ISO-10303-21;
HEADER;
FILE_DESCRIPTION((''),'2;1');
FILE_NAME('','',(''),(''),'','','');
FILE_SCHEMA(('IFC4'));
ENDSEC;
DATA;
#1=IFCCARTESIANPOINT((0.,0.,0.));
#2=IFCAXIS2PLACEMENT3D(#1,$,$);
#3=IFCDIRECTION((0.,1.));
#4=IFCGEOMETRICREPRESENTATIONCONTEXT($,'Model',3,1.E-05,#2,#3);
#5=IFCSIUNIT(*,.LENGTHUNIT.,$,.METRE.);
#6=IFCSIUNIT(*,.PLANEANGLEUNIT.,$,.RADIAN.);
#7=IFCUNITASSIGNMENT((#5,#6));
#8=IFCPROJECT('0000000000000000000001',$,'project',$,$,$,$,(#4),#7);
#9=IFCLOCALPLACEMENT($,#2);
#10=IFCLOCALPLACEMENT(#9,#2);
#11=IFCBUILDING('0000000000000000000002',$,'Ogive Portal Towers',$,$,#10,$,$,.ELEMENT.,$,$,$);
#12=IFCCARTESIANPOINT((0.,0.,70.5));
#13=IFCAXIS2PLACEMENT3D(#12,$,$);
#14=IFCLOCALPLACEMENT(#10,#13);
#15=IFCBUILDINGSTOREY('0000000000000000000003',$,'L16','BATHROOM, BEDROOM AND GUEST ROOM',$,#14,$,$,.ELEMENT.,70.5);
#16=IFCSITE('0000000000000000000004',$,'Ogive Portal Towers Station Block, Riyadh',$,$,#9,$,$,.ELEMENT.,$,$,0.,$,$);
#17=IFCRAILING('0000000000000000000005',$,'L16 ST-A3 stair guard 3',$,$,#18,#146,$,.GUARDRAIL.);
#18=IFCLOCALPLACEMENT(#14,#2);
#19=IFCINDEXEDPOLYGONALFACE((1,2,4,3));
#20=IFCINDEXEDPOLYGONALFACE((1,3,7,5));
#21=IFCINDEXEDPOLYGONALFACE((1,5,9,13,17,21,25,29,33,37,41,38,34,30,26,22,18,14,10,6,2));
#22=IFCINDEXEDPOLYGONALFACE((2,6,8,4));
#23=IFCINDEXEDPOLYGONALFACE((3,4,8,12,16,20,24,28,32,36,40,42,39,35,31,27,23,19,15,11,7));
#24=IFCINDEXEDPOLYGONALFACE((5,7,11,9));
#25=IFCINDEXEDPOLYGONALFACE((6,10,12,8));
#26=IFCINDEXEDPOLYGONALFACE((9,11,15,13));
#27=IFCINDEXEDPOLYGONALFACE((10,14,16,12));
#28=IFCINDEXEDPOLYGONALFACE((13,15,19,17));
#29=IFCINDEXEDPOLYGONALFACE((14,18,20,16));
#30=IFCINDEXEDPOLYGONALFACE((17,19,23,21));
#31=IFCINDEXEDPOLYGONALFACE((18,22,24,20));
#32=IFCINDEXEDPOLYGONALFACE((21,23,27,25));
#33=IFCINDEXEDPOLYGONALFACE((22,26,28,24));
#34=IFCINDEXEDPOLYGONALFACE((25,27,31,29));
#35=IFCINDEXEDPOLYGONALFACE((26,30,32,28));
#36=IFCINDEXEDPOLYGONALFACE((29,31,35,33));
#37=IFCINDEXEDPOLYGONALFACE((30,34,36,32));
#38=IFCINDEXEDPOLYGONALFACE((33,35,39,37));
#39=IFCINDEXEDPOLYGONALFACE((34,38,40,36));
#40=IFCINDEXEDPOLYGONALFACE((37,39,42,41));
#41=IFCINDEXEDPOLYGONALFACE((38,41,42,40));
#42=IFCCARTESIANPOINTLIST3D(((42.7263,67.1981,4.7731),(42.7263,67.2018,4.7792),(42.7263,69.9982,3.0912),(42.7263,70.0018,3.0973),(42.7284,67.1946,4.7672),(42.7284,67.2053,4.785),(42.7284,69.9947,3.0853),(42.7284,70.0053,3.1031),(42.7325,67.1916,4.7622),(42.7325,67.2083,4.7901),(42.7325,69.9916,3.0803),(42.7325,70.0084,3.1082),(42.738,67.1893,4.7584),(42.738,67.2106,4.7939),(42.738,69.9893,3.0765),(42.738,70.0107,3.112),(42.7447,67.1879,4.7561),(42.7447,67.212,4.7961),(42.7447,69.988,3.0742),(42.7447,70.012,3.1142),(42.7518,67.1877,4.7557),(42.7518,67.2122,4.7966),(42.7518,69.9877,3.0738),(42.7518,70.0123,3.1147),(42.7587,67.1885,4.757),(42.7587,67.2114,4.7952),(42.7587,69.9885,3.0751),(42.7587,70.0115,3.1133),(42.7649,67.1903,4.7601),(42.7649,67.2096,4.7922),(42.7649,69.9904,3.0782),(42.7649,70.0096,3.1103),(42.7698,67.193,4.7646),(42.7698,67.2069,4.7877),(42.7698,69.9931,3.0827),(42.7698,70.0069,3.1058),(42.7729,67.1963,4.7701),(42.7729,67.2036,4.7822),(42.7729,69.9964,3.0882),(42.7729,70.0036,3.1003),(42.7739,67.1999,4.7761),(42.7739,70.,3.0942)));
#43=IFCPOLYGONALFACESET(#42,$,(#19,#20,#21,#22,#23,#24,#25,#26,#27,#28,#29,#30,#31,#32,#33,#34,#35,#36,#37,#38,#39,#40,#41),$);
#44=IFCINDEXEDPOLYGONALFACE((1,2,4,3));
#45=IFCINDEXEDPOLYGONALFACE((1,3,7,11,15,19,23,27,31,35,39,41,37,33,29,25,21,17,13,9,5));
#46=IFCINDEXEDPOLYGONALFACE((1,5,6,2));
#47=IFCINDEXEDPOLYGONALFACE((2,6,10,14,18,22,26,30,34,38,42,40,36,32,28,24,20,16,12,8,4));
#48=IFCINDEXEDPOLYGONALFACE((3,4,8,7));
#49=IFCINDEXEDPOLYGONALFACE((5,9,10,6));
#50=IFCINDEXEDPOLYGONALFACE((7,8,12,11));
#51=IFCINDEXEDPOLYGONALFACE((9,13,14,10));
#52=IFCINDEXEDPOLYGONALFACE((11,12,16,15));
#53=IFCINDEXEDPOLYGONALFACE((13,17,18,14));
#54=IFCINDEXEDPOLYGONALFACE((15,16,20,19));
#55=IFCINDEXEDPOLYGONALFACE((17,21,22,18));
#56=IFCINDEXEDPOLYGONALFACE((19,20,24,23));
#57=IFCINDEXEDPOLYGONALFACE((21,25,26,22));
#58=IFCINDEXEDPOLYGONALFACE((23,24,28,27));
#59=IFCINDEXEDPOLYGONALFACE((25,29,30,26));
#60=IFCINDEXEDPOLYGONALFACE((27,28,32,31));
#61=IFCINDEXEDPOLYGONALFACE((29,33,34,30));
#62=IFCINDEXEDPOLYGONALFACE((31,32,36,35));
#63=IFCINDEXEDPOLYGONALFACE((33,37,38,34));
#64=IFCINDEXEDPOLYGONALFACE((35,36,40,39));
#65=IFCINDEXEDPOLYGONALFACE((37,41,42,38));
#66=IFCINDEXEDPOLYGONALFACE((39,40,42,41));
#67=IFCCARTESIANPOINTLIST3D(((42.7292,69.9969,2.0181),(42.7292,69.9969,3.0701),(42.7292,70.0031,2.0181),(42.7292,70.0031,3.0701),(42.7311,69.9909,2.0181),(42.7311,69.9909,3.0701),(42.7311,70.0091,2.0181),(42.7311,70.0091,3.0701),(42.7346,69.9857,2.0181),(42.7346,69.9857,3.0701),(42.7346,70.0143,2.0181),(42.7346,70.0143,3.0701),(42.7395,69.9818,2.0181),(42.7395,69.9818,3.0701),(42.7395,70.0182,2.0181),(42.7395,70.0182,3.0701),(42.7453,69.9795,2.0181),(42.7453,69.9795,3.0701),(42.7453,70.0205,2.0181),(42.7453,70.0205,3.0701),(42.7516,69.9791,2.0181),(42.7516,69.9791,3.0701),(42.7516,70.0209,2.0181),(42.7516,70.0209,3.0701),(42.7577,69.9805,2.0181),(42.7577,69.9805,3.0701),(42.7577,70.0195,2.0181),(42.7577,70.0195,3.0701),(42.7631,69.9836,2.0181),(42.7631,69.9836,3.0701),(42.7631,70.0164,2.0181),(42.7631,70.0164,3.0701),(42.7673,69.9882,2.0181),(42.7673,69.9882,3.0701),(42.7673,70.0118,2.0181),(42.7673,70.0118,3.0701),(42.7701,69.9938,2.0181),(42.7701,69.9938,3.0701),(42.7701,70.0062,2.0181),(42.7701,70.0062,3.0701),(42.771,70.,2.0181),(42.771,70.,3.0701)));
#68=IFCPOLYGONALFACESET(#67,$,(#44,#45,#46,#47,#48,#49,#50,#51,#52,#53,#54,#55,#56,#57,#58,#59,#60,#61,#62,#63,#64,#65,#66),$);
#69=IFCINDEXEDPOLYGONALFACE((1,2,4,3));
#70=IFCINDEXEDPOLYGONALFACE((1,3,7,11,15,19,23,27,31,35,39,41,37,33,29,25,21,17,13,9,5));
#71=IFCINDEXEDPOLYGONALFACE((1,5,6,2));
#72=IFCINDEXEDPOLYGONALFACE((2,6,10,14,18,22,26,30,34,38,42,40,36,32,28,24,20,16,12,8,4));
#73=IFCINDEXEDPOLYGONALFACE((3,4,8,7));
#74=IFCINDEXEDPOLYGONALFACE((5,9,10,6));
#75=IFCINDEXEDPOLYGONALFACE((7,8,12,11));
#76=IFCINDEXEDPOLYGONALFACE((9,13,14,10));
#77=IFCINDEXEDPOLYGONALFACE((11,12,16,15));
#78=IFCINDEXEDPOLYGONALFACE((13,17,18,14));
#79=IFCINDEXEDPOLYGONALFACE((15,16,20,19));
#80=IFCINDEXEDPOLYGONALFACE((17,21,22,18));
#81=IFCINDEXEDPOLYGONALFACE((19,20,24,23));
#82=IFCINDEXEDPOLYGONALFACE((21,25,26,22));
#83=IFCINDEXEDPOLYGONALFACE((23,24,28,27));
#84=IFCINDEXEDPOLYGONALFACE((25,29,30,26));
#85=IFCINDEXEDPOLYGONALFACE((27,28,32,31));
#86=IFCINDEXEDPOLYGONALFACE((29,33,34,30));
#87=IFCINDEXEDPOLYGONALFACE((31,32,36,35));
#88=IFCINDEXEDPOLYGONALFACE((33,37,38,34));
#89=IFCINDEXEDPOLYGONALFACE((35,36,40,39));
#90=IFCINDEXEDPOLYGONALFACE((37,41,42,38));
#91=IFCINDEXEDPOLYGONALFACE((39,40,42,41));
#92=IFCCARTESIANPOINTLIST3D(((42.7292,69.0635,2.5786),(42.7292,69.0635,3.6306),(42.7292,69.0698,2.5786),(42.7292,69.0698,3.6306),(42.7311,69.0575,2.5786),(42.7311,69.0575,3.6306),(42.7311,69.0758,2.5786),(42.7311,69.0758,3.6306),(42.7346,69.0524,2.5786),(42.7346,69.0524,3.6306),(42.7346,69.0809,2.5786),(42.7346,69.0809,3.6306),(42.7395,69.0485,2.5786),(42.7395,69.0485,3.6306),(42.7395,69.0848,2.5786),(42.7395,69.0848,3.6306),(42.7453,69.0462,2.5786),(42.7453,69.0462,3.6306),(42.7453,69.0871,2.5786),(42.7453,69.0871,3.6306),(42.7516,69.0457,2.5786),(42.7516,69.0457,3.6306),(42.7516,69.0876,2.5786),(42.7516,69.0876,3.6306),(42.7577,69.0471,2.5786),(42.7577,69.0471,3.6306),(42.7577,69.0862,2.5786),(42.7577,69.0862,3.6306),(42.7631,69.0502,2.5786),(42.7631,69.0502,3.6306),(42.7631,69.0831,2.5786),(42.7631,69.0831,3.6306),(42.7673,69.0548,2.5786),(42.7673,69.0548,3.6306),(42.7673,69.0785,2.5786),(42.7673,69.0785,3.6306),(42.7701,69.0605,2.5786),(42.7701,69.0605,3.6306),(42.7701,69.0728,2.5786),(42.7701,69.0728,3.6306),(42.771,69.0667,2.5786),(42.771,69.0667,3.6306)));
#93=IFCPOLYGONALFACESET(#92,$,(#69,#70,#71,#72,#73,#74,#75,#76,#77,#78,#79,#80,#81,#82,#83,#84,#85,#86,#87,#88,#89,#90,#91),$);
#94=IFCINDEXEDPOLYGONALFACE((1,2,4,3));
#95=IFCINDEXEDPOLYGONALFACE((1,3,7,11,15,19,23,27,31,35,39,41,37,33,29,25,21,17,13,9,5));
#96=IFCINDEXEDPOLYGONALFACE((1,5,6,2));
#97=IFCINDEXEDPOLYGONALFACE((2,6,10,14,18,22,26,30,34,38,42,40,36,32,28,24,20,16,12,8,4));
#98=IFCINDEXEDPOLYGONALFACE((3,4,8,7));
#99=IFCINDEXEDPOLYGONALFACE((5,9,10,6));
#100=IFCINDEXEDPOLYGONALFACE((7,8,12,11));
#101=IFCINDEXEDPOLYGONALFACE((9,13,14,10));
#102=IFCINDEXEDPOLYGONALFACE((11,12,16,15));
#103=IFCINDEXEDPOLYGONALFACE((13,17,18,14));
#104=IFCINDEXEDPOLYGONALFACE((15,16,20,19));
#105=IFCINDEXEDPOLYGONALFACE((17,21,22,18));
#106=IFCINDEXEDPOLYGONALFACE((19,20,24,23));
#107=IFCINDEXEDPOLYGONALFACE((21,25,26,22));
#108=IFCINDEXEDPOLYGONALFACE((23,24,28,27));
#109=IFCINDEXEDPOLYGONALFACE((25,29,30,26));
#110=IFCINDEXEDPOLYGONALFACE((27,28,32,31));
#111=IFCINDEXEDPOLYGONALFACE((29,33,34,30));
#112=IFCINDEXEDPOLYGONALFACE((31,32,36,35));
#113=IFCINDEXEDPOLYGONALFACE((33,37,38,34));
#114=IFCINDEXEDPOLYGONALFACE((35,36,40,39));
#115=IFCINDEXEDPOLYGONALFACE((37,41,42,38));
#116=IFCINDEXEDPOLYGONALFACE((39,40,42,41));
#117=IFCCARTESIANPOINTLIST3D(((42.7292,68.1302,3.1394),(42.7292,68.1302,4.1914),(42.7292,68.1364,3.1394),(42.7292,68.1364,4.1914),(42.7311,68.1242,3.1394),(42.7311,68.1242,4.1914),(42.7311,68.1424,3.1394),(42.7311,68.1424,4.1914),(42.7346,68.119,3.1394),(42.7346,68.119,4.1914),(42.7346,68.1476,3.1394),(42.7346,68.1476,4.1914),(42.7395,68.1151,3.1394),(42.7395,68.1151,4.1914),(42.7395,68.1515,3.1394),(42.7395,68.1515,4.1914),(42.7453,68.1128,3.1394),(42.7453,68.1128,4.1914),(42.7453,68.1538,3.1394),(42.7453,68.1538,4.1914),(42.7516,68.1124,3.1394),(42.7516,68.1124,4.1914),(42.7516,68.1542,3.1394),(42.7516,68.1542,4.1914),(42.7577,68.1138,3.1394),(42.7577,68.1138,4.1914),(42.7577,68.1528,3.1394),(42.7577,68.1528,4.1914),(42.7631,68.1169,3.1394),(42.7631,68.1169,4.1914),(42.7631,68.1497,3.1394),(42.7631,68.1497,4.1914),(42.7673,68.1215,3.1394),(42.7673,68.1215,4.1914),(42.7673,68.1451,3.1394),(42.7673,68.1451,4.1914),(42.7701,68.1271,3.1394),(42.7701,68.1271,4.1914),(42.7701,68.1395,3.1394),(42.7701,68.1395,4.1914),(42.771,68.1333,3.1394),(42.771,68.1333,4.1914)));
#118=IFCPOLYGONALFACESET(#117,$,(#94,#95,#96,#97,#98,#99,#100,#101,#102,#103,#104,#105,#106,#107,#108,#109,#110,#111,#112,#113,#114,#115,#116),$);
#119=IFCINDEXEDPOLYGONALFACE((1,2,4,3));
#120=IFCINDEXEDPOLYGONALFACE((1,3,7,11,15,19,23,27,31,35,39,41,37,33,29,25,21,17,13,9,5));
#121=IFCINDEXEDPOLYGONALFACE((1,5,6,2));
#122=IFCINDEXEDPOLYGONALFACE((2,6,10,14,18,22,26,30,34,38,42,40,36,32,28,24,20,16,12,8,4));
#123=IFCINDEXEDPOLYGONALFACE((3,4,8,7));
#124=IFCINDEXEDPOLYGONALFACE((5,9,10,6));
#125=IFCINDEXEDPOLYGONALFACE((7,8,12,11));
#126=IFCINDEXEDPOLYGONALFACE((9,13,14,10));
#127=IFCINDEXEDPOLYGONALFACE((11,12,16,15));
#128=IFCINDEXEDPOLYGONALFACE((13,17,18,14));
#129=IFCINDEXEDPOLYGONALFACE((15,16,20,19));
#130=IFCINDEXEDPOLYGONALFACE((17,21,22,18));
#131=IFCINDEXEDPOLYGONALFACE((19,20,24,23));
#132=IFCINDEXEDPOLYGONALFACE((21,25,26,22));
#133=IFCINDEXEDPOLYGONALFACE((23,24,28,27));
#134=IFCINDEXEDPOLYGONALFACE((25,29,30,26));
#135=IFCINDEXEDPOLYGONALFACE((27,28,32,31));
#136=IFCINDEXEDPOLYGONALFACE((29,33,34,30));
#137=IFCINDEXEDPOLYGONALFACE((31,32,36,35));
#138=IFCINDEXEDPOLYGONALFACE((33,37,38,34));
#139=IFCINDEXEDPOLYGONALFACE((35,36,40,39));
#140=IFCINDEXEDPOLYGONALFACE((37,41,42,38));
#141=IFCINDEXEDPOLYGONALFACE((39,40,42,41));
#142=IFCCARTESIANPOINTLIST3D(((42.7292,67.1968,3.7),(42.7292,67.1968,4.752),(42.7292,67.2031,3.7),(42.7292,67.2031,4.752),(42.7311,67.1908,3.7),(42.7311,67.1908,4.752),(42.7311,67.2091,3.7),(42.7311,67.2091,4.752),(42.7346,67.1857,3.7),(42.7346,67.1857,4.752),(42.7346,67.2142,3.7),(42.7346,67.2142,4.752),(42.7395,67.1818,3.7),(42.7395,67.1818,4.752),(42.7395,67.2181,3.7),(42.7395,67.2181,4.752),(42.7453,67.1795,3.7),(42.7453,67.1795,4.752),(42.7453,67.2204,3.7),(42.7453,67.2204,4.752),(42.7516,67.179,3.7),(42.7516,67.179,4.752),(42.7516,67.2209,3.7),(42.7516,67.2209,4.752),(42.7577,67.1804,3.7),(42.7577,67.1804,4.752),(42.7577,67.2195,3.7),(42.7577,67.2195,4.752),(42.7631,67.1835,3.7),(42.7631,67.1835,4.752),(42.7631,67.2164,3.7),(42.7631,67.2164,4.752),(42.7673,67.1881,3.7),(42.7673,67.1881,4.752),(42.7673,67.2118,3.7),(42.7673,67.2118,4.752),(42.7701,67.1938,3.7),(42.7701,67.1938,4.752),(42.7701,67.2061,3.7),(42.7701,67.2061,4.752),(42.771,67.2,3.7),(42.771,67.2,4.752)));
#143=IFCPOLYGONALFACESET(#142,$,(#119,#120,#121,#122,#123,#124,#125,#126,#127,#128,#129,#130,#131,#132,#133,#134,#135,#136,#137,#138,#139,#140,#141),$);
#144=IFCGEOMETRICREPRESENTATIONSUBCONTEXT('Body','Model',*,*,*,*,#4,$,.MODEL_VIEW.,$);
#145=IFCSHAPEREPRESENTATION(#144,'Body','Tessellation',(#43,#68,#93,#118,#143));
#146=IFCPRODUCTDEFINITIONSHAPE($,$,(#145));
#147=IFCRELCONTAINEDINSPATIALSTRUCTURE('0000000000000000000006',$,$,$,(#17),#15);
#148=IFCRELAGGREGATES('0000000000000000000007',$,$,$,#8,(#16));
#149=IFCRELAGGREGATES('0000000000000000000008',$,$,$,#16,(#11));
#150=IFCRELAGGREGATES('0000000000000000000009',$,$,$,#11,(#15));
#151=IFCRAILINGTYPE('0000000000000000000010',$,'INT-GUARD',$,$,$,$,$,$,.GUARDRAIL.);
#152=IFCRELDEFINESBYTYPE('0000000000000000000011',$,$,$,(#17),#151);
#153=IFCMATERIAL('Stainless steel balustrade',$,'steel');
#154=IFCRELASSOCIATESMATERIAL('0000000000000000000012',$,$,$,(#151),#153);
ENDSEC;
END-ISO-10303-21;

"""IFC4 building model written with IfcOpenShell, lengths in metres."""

from ifc_helpers import new_model, si_unit, direction, frame, origin, origin_2d, place, context, subcontext, project, spatial, circle, extrude, material, type_object, element, save


model = new_model("IFC4")

# Units and contexts
model_context = context("Model", 3, precision=1e-05, world=origin(), true_north=direction((0.0, 1.0)))
body_context = subcontext(model_context, "Body", "Model", "MODEL_VIEW")
ifc_project = project(units=[si_unit("LENGTHUNIT", "METRE"), si_unit("PLANEANGLEUNIT", "RADIAN")], contexts=[model_context])

# Site, building, storey
site_placement = place(None, origin())
site = spatial("IfcSite", under=ifc_project, at=site_placement, Name="Ogive Portal Towers Station Block, Riyadh", CompositionType="ELEMENT", RefElevation=0.0)
building_placement = place(site_placement, origin())
building = spatial("IfcBuilding", under=site, at=building_placement, Name="Ogive Portal Towers", CompositionType="ELEMENT")
storey_placement = place(building_placement, frame((0.0, 0.0, 70.5)))
storey = spatial("IfcBuildingStorey", under=building, at=storey_placement, Name="L16", Description="BATHROOM, BEDROOM AND GUEST ROOM", CompositionType="ELEMENT", Elevation=70.5)

# Railing
ifc_material_1 = material(Name="Stainless steel balustrade", Category="steel")
railing_type_1 = type_object("IfcRailingType", Name="INT-GUARD", PredefinedType="GUARDRAIL", material=ifc_material_1)
railing_1_placement = place(storey_placement, frame((42.75, 70.0, 2.0181)))
element("IfcRailing", 1, at=railing_1_placement, inside=storey, type_object=railing_type_1, Name="L16 ST-A3 stair guard 3", PredefinedType="GUARDRAIL", context=body_context, shape_type="SweptSolid", body=[
    extrude(circle(Radius=0.0239, at=origin_2d()), frame((0.0, 0.0, 1.0762), z_axis=(0.0, -0.857242, 0.514913), x_axis=(1.0, 0.0, 0.0)), (0.0, 0.0, 1.0), 3.2664),
    extrude(circle(Radius=0.021, at=origin_2d()), origin(), (0.0, 0.0, 1.0), 1.052),
    extrude(circle(Radius=0.021, at=origin_2d()), frame((0.0, -0.9333, 0.5605)), (0.0, 0.0, 1.0), 1.052),
    extrude(circle(Radius=0.021, at=origin_2d()), frame((0.0, -1.8667, 1.1213)), (0.0, 0.0, 1.0), 1.052),
    extrude(circle(Radius=0.021, at=origin_2d()), frame((0.0, -2.8, 1.6819)), (0.0, 0.0, 1.0), 1.052),
])

save(model, "model.ifc")
